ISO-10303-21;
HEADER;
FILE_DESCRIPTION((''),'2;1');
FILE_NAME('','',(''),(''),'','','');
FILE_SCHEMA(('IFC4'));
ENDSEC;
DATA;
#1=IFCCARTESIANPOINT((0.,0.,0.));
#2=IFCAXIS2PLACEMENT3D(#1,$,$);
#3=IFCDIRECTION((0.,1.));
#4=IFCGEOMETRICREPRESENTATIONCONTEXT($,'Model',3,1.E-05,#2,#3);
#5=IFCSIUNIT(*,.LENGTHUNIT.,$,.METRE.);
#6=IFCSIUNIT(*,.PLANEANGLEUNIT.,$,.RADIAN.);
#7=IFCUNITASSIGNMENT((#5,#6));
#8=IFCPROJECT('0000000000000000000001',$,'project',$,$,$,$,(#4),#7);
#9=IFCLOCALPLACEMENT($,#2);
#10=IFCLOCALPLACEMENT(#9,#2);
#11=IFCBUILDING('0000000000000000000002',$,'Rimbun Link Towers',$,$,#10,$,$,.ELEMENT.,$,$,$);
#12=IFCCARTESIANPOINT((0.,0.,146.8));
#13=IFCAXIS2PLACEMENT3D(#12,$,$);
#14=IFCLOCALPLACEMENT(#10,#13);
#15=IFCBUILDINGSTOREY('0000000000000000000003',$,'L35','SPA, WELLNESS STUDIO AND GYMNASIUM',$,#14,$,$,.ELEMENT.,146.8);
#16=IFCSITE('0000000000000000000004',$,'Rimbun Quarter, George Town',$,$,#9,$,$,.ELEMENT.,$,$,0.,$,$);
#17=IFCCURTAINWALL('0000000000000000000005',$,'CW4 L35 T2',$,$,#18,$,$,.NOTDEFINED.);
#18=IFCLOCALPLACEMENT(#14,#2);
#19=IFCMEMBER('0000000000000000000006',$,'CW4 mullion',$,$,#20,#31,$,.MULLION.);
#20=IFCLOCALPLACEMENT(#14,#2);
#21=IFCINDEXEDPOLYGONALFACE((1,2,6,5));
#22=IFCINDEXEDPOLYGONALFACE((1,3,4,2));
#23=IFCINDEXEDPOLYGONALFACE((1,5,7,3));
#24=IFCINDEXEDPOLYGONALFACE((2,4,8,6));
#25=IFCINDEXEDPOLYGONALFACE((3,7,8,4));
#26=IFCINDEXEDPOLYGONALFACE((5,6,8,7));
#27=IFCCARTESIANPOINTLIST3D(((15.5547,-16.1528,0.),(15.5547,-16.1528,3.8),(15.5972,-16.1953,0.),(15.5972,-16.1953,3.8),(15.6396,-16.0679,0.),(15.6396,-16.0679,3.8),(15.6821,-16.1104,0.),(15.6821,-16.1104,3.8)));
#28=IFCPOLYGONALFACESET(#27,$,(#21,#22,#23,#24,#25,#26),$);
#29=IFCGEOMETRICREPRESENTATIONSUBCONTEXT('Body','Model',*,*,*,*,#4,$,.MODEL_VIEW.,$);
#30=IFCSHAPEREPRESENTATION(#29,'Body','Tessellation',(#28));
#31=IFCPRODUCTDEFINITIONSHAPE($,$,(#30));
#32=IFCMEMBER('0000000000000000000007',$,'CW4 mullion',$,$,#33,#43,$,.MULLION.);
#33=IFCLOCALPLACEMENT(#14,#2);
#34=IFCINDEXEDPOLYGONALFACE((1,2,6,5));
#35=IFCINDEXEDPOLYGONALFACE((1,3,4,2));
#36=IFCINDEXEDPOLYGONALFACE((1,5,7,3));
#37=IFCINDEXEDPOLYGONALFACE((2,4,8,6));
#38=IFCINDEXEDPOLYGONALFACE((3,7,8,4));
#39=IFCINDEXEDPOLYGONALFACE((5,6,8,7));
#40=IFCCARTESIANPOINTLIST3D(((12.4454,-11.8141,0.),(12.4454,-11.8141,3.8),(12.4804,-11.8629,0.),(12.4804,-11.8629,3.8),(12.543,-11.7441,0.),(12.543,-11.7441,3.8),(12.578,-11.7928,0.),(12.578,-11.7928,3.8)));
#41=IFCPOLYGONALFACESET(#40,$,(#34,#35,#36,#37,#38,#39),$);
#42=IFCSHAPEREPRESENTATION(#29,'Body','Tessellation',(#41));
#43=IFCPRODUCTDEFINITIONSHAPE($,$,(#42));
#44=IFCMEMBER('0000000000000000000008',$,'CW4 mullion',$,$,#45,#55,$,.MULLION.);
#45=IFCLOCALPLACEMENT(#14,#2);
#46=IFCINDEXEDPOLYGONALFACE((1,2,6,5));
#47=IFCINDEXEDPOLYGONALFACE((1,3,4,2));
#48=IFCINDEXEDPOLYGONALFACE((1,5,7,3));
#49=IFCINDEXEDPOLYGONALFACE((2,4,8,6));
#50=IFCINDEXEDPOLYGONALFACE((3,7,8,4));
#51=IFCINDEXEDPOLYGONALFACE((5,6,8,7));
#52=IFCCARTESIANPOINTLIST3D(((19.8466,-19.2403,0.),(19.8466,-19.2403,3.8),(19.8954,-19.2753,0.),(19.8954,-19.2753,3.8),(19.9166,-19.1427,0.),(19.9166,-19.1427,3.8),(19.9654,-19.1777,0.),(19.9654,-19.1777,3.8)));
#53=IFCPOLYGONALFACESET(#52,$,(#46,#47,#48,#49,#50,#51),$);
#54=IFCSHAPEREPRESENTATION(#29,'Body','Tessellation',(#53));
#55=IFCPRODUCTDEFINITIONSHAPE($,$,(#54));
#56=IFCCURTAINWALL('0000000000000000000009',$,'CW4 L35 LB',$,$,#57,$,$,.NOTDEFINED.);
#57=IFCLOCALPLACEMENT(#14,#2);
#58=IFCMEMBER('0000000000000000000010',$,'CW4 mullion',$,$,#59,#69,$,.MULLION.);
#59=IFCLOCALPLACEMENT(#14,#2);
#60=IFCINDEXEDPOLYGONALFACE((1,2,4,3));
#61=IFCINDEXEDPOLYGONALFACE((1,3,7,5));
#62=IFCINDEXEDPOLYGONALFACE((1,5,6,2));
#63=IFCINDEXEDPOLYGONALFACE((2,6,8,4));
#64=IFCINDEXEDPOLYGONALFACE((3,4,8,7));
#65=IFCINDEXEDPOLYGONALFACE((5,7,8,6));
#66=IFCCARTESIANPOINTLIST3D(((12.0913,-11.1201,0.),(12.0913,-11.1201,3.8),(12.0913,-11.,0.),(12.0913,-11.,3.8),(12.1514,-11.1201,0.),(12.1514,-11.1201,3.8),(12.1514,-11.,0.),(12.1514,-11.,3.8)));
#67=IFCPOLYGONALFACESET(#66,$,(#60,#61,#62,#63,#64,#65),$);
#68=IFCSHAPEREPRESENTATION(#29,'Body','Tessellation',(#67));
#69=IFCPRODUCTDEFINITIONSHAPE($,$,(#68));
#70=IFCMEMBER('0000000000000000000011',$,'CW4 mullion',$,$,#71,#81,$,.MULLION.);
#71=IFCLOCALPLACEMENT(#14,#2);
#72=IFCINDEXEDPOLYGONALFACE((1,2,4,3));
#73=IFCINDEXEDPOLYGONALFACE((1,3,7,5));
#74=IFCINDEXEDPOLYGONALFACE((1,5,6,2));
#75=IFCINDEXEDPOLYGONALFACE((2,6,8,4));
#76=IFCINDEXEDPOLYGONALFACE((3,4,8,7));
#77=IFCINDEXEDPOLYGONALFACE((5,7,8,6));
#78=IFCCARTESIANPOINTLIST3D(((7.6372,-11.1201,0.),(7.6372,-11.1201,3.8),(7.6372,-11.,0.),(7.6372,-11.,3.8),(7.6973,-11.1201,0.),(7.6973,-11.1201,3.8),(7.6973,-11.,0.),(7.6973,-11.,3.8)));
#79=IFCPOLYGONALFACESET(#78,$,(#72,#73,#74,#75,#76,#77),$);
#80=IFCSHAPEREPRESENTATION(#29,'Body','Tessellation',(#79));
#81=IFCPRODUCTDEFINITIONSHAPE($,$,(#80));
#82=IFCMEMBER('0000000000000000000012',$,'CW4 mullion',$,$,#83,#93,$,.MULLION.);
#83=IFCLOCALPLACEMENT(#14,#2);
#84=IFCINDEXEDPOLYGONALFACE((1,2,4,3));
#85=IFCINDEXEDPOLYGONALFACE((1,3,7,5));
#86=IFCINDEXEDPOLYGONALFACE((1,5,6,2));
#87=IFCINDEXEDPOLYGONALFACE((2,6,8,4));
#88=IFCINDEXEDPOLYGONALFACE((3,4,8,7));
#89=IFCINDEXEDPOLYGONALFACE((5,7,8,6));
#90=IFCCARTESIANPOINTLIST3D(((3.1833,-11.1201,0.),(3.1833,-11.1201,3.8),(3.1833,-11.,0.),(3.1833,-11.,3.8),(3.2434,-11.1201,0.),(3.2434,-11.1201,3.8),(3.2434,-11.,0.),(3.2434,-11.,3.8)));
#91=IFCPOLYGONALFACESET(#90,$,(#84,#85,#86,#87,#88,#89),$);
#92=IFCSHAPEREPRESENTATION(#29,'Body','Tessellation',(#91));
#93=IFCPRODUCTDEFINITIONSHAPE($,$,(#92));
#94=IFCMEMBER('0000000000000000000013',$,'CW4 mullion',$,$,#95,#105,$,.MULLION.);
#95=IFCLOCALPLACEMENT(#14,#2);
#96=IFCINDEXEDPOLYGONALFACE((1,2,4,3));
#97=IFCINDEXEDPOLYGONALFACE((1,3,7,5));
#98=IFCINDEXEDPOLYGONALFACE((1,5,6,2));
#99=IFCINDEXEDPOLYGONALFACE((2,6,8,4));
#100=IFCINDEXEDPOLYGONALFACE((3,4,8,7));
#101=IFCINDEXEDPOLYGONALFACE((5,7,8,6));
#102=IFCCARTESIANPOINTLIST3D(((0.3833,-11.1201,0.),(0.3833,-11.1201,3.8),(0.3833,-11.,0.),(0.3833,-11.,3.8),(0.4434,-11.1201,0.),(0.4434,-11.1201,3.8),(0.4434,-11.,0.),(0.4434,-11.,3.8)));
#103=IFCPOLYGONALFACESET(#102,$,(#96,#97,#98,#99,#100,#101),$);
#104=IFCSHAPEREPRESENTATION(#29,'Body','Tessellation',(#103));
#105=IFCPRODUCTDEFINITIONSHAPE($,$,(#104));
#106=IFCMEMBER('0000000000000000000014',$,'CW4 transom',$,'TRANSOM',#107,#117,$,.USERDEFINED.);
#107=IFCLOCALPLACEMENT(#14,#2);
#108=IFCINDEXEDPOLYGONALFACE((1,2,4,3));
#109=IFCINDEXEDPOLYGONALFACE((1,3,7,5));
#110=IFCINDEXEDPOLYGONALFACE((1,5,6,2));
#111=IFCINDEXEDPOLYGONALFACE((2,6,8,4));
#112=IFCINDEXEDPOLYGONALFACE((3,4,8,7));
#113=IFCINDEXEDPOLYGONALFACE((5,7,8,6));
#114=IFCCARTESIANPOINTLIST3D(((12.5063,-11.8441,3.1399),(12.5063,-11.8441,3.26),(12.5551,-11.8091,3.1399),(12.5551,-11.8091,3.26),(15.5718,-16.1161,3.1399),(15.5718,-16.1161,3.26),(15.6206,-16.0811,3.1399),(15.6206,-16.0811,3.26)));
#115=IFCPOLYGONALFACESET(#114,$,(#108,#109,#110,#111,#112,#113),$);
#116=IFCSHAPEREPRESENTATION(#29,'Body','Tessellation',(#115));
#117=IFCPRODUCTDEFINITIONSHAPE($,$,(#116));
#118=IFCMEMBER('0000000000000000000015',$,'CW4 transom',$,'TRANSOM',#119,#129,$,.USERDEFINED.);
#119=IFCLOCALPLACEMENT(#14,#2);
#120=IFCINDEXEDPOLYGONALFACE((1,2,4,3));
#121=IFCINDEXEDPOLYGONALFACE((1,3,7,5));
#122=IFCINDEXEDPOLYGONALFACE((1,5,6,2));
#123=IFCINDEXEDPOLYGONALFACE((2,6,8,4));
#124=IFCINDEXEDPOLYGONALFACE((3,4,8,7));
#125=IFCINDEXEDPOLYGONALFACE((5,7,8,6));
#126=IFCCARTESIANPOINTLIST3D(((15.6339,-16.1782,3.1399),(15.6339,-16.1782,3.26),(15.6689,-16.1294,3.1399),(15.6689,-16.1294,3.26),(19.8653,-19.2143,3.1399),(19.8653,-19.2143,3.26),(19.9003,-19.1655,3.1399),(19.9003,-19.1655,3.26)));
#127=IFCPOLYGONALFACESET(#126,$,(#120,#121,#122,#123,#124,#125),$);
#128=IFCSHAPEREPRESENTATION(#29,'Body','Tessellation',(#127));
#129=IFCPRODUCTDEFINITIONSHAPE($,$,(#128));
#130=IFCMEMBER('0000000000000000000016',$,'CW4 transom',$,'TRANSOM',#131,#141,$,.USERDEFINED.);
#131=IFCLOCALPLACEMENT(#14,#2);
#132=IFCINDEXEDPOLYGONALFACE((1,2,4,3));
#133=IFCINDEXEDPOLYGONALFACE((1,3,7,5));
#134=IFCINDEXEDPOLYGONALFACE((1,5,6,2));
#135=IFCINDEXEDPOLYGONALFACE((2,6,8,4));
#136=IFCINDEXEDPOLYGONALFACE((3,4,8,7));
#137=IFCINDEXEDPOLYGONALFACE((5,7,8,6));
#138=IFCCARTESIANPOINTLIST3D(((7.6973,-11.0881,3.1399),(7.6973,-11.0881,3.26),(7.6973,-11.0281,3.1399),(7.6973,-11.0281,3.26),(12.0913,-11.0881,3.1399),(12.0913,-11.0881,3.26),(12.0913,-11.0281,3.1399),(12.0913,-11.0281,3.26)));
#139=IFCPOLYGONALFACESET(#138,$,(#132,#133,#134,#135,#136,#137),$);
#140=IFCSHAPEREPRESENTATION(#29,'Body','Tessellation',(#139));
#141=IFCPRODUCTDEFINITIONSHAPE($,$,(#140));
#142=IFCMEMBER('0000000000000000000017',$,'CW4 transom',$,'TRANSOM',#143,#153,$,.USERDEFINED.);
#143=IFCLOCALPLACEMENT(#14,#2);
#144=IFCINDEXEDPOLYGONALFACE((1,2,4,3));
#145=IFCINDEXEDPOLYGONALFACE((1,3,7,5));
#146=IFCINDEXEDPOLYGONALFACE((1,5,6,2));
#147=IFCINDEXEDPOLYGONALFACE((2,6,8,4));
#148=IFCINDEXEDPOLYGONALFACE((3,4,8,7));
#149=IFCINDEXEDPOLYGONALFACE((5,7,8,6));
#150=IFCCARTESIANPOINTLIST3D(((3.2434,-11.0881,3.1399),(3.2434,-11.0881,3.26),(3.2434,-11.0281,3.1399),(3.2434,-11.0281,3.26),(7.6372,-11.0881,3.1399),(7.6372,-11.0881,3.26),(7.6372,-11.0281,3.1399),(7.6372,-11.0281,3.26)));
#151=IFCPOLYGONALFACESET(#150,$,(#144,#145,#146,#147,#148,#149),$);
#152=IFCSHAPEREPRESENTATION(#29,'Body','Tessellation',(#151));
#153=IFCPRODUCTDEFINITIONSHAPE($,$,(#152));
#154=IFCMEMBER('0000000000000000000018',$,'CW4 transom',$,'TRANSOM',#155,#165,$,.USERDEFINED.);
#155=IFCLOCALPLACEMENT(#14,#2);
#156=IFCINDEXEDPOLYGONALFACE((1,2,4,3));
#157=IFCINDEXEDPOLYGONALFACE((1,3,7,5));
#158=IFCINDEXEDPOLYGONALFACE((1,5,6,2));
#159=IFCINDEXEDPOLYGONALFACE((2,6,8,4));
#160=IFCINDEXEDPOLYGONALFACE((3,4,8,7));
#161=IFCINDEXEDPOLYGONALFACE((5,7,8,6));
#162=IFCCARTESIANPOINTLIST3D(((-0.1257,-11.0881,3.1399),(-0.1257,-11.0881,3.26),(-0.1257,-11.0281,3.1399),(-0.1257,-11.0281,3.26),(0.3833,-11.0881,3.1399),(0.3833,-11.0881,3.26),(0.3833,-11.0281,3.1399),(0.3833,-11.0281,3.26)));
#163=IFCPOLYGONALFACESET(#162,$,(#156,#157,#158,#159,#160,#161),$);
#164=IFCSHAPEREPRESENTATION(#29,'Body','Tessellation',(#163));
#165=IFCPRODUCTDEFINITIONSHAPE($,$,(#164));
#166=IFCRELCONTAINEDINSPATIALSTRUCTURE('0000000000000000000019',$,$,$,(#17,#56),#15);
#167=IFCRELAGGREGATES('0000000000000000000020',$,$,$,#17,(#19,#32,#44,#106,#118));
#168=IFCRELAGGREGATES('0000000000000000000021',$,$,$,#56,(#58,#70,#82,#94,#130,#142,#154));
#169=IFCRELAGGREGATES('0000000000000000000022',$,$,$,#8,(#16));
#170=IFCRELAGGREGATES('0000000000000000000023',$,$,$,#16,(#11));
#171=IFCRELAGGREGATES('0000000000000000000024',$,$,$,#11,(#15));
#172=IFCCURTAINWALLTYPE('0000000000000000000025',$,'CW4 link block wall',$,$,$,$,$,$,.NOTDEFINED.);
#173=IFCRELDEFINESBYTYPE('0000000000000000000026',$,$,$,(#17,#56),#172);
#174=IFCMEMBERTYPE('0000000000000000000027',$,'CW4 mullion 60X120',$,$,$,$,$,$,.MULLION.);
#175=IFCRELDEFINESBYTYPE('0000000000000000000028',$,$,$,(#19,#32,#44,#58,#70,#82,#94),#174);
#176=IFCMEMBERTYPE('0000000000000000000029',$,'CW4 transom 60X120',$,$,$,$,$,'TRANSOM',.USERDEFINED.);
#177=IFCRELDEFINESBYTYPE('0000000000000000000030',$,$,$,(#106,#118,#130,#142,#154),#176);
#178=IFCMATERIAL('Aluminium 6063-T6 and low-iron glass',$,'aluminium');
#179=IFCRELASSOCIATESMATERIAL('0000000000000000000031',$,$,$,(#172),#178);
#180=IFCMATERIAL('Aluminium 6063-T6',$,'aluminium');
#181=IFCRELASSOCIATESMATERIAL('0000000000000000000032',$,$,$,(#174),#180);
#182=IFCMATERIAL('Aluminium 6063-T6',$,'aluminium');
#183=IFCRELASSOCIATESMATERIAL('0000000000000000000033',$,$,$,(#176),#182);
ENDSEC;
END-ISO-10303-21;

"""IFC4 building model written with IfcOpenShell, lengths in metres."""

from ifc_helpers import new_model, si_unit, direction, frame, origin, origin_2d, place, context, subcontext, project, spatial, rectangle, extrude, material, material_profile, profile_set, type_object, element, aggregate, save


model = new_model("IFC4")

# Units and contexts
model_context = context("Model", 3, precision=1e-05, world=origin(), true_north=direction((0.0, 1.0)))
body_context = subcontext(model_context, "Body", "Model", "MODEL_VIEW")
ifc_project = project(units=[si_unit("LENGTHUNIT", "METRE"), si_unit("PLANEANGLEUNIT", "RADIAN")], contexts=[model_context])

# Site, building, storey
site_placement = place(None, origin())
site = spatial("IfcSite", under=ifc_project, at=site_placement, Name="Rimbun Quarter, George Town", CompositionType="ELEMENT", RefElevation=0.0)
building_placement = place(site_placement, origin())
building = spatial("IfcBuilding", under=site, at=building_placement, Name="Rimbun Link Towers", CompositionType="ELEMENT")
storey_placement = place(building_placement, frame((0.0, 0.0, 146.8)))
storey = spatial("IfcBuildingStorey", under=building, at=storey_placement, Name="L35", Description="SPA, WELLNESS STUDIO AND GYMNASIUM", CompositionType="ELEMENT", Elevation=146.8)

# Curtain walls, members
ifc_material_1 = material(Name="Aluminium 6063-T6 and low-iron glass", Category="aluminium")
curtain_wall_type = type_object("IfcCurtainWallType", Name="CW4 link block wall", PredefinedType="NOTDEFINED", material=ifc_material_1)
curtain_wall_1_placement = place(storey_placement, origin())
curtain_wall_1 = element("IfcCurtainWall", 1, at=curtain_wall_1_placement, inside=storey, type_object=curtain_wall_type, Name="CW4 L35 T2", PredefinedType="NOTDEFINED")
ifc_material_2 = material(Name="Aluminium 6063-T6", Category="aluminium")
ifc_material_profile_1 = material_profile(ifc_material_2, rectangle(XDim=0.1201, YDim=0.0601, at=origin_2d()), Name="MULLION 60X120")
ifc_profile_set_1 = profile_set([ifc_material_profile_1], Name="Aluminium 6063-T6")
member_type_1 = type_object("IfcMemberType", Name="CW4 mullion 60X120", PredefinedType="MULLION", material=ifc_profile_set_1)
member_1_placement = place(storey_placement, frame((15.6184, -16.1316, 0.0), z_axis=(0.0, 0.0, 1.0), x_axis=(-0.707107, -0.707107, 0.0)))
member_1 = element("IfcMember", 2, at=member_1_placement, type_object=member_type_1, Name="CW4 mullion", PredefinedType="MULLION", context=body_context, shape_type="SweptSolid", body=[
    extrude(rectangle(XDim=0.1201, YDim=0.0601, at=origin_2d()), origin(), (0.0, 0.0, 1.0), 3.8),
])
member_2_placement = place(storey_placement, frame((12.5117, -11.8035, 0.0), z_axis=(0.0, 0.0, 1.0), x_axis=(-0.812465, -0.583009, 0.0)))
member_2 = element("IfcMember", 3, at=member_2_placement, type_object=member_type_1, Name="CW4 mullion", PredefinedType="MULLION", context=body_context, shape_type="SweptSolid", body=[
    extrude(rectangle(XDim=0.1201, YDim=0.0601, at=origin_2d()), origin(), (0.0, 0.0, 1.0), 3.8),
])
member_3_placement = place(storey_placement, frame((19.906, -19.209, 0.0), z_axis=(0.0, 0.0, 1.0), x_axis=(-0.583009, -0.812465, 0.0)))
member_3 = element("IfcMember", 4, at=member_3_placement, type_object=member_type_1, Name="CW4 mullion", PredefinedType="MULLION", context=body_context, shape_type="SweptSolid", body=[
    extrude(rectangle(XDim=0.1201, YDim=0.0601, at=origin_2d()), origin(), (0.0, 0.0, 1.0), 3.8),
])
curtain_wall_2_placement = place(storey_placement, origin())
curtain_wall_2 = element("IfcCurtainWall", 5, at=curtain_wall_2_placement, inside=storey, type_object=curtain_wall_type, Name="CW4 L35 LB", PredefinedType="NOTDEFINED")
member_4_placement = place(storey_placement, frame((12.1213, -11.0601, 0.0), z_axis=(0.0, 0.0, 1.0), x_axis=(0.0, -1.0, 0.0)))
member_4 = element("IfcMember", 6, at=member_4_placement, type_object=member_type_1, Name="CW4 mullion", PredefinedType="MULLION", context=body_context, shape_type="SweptSolid", body=[
    extrude(rectangle(XDim=0.1201, YDim=0.0601, at=origin_2d()), origin(), (0.0, 0.0, 1.0), 3.8),
])
member_5_placement = place(storey_placement, frame((7.6672, -11.0601, 0.0), z_axis=(0.0, 0.0, 1.0), x_axis=(0.0, -1.0, 0.0)))
member_5 = element("IfcMember", 7, at=member_5_placement, type_object=member_type_1, Name="CW4 mullion", PredefinedType="MULLION", context=body_context, shape_type="SweptSolid", body=[
    extrude(rectangle(XDim=0.1201, YDim=0.0601, at=origin_2d()), origin(), (0.0, 0.0, 1.0), 3.8),
])
member_6_placement = place(storey_placement, frame((3.2134, -11.0601, 0.0), z_axis=(0.0, 0.0, 1.0), x_axis=(0.0, -1.0, 0.0)))
member_6 = element("IfcMember", 8, at=member_6_placement, type_object=member_type_1, Name="CW4 mullion", PredefinedType="MULLION", context=body_context, shape_type="SweptSolid", body=[
    extrude(rectangle(XDim=0.1201, YDim=0.0601, at=origin_2d()), origin(), (0.0, 0.0, 1.0), 3.8),
])
member_7_placement = place(storey_placement, frame((0.4133, -11.0601, 0.0), z_axis=(0.0, 0.0, 1.0), x_axis=(0.0, -1.0, 0.0)))
member_7 = element("IfcMember", 9, at=member_7_placement, type_object=member_type_1, Name="CW4 mullion", PredefinedType="MULLION", context=body_context, shape_type="SweptSolid", body=[
    extrude(rectangle(XDim=0.1201, YDim=0.0601, at=origin_2d()), origin(), (0.0, 0.0, 1.0), 3.8),
])

# Members
ifc_material_3 = material(Name="Aluminium 6063-T6", Category="aluminium")
ifc_material_profile_2 = material_profile(ifc_material_3, rectangle(XDim=0.0601, YDim=0.1201, at=origin_2d()), Name="TRANSOM 60X120")
ifc_profile_set_2 = profile_set([ifc_material_profile_2], Name="Aluminium 6063-T6")
member_type_2 = type_object("IfcMemberType", Name="CW4 transom 60X120", ElementType="TRANSOM", PredefinedType="USERDEFINED", material=ifc_profile_set_2)
member_8_placement = place(storey_placement, frame((15.5962, -16.0986, 3.2), z_axis=(-0.583003, 0.81247, 0.0), x_axis=(-0.81247, -0.583003, 0.0)))
member_8 = element("IfcMember", 10, at=member_8_placement, type_object=member_type_2, Name="CW4 transom", ObjectType="TRANSOM", PredefinedType="USERDEFINED", context=body_context, shape_type="SweptSolid", body=[
    extrude(rectangle(XDim=0.0601, YDim=0.1201, at=origin_2d()), origin(), (0.0, 0.0, 1.0), 5.2581),
])
member_9_placement = place(storey_placement, frame((19.8828, -19.1899, 3.2), z_axis=(-0.81249, 0.582975, 0.0), x_axis=(-0.582975, -0.81249, 0.0)))
member_9 = element("IfcMember", 11, at=member_9_placement, type_object=member_type_2, Name="CW4 transom", ObjectType="TRANSOM", PredefinedType="USERDEFINED", context=body_context, shape_type="SweptSolid", body=[
    extrude(rectangle(XDim=0.0601, YDim=0.1201, at=origin_2d()), origin(), (0.0, 0.0, 1.0), 5.208),
])
member_10_placement = place(storey_placement, frame((12.0913, -11.0581, 3.2), z_axis=(-1.0, 0.0, 0.0), x_axis=(0.0, -1.0, 0.0)))
member_10 = element("IfcMember", 12, at=member_10_placement, type_object=member_type_2, Name="CW4 transom", ObjectType="TRANSOM", PredefinedType="USERDEFINED", context=body_context, shape_type="SweptSolid", body=[
    extrude(rectangle(XDim=0.0601, YDim=0.1201, at=origin_2d()), origin(), (0.0, 0.0, 1.0), 4.394),
])
member_11_placement = place(storey_placement, frame((7.6372, -11.0581, 3.2), z_axis=(-1.0, 0.0, 0.0), x_axis=(0.0, -1.0, 0.0)))
member_11 = element("IfcMember", 13, at=member_11_placement, type_object=member_type_2, Name="CW4 transom", ObjectType="TRANSOM", PredefinedType="USERDEFINED", context=body_context, shape_type="SweptSolid", body=[
    extrude(rectangle(XDim=0.0601, YDim=0.1201, at=origin_2d()), origin(), (0.0, 0.0, 1.0), 4.3938),
])
member_12_placement = place(storey_placement, frame((0.3833, -11.0581, 3.2), z_axis=(-1.0, 0.0, 0.0), x_axis=(0.0, -1.0, 0.0)))
member_12 = element("IfcMember", 14, at=member_12_placement, type_object=member_type_2, Name="CW4 transom", ObjectType="TRANSOM", PredefinedType="USERDEFINED", context=body_context, shape_type="SweptSolid", body=[
    extrude(rectangle(XDim=0.0601, YDim=0.1201, at=origin_2d()), origin(), (0.0, 0.0, 1.0), 0.509),
])

aggregate(curtain_wall_1, [member_1, member_2, member_3, member_8, member_9])
aggregate(curtain_wall_2, [member_4, member_5, member_6, member_7, member_10, member_11, member_12])

save(model, "model.ifc")
